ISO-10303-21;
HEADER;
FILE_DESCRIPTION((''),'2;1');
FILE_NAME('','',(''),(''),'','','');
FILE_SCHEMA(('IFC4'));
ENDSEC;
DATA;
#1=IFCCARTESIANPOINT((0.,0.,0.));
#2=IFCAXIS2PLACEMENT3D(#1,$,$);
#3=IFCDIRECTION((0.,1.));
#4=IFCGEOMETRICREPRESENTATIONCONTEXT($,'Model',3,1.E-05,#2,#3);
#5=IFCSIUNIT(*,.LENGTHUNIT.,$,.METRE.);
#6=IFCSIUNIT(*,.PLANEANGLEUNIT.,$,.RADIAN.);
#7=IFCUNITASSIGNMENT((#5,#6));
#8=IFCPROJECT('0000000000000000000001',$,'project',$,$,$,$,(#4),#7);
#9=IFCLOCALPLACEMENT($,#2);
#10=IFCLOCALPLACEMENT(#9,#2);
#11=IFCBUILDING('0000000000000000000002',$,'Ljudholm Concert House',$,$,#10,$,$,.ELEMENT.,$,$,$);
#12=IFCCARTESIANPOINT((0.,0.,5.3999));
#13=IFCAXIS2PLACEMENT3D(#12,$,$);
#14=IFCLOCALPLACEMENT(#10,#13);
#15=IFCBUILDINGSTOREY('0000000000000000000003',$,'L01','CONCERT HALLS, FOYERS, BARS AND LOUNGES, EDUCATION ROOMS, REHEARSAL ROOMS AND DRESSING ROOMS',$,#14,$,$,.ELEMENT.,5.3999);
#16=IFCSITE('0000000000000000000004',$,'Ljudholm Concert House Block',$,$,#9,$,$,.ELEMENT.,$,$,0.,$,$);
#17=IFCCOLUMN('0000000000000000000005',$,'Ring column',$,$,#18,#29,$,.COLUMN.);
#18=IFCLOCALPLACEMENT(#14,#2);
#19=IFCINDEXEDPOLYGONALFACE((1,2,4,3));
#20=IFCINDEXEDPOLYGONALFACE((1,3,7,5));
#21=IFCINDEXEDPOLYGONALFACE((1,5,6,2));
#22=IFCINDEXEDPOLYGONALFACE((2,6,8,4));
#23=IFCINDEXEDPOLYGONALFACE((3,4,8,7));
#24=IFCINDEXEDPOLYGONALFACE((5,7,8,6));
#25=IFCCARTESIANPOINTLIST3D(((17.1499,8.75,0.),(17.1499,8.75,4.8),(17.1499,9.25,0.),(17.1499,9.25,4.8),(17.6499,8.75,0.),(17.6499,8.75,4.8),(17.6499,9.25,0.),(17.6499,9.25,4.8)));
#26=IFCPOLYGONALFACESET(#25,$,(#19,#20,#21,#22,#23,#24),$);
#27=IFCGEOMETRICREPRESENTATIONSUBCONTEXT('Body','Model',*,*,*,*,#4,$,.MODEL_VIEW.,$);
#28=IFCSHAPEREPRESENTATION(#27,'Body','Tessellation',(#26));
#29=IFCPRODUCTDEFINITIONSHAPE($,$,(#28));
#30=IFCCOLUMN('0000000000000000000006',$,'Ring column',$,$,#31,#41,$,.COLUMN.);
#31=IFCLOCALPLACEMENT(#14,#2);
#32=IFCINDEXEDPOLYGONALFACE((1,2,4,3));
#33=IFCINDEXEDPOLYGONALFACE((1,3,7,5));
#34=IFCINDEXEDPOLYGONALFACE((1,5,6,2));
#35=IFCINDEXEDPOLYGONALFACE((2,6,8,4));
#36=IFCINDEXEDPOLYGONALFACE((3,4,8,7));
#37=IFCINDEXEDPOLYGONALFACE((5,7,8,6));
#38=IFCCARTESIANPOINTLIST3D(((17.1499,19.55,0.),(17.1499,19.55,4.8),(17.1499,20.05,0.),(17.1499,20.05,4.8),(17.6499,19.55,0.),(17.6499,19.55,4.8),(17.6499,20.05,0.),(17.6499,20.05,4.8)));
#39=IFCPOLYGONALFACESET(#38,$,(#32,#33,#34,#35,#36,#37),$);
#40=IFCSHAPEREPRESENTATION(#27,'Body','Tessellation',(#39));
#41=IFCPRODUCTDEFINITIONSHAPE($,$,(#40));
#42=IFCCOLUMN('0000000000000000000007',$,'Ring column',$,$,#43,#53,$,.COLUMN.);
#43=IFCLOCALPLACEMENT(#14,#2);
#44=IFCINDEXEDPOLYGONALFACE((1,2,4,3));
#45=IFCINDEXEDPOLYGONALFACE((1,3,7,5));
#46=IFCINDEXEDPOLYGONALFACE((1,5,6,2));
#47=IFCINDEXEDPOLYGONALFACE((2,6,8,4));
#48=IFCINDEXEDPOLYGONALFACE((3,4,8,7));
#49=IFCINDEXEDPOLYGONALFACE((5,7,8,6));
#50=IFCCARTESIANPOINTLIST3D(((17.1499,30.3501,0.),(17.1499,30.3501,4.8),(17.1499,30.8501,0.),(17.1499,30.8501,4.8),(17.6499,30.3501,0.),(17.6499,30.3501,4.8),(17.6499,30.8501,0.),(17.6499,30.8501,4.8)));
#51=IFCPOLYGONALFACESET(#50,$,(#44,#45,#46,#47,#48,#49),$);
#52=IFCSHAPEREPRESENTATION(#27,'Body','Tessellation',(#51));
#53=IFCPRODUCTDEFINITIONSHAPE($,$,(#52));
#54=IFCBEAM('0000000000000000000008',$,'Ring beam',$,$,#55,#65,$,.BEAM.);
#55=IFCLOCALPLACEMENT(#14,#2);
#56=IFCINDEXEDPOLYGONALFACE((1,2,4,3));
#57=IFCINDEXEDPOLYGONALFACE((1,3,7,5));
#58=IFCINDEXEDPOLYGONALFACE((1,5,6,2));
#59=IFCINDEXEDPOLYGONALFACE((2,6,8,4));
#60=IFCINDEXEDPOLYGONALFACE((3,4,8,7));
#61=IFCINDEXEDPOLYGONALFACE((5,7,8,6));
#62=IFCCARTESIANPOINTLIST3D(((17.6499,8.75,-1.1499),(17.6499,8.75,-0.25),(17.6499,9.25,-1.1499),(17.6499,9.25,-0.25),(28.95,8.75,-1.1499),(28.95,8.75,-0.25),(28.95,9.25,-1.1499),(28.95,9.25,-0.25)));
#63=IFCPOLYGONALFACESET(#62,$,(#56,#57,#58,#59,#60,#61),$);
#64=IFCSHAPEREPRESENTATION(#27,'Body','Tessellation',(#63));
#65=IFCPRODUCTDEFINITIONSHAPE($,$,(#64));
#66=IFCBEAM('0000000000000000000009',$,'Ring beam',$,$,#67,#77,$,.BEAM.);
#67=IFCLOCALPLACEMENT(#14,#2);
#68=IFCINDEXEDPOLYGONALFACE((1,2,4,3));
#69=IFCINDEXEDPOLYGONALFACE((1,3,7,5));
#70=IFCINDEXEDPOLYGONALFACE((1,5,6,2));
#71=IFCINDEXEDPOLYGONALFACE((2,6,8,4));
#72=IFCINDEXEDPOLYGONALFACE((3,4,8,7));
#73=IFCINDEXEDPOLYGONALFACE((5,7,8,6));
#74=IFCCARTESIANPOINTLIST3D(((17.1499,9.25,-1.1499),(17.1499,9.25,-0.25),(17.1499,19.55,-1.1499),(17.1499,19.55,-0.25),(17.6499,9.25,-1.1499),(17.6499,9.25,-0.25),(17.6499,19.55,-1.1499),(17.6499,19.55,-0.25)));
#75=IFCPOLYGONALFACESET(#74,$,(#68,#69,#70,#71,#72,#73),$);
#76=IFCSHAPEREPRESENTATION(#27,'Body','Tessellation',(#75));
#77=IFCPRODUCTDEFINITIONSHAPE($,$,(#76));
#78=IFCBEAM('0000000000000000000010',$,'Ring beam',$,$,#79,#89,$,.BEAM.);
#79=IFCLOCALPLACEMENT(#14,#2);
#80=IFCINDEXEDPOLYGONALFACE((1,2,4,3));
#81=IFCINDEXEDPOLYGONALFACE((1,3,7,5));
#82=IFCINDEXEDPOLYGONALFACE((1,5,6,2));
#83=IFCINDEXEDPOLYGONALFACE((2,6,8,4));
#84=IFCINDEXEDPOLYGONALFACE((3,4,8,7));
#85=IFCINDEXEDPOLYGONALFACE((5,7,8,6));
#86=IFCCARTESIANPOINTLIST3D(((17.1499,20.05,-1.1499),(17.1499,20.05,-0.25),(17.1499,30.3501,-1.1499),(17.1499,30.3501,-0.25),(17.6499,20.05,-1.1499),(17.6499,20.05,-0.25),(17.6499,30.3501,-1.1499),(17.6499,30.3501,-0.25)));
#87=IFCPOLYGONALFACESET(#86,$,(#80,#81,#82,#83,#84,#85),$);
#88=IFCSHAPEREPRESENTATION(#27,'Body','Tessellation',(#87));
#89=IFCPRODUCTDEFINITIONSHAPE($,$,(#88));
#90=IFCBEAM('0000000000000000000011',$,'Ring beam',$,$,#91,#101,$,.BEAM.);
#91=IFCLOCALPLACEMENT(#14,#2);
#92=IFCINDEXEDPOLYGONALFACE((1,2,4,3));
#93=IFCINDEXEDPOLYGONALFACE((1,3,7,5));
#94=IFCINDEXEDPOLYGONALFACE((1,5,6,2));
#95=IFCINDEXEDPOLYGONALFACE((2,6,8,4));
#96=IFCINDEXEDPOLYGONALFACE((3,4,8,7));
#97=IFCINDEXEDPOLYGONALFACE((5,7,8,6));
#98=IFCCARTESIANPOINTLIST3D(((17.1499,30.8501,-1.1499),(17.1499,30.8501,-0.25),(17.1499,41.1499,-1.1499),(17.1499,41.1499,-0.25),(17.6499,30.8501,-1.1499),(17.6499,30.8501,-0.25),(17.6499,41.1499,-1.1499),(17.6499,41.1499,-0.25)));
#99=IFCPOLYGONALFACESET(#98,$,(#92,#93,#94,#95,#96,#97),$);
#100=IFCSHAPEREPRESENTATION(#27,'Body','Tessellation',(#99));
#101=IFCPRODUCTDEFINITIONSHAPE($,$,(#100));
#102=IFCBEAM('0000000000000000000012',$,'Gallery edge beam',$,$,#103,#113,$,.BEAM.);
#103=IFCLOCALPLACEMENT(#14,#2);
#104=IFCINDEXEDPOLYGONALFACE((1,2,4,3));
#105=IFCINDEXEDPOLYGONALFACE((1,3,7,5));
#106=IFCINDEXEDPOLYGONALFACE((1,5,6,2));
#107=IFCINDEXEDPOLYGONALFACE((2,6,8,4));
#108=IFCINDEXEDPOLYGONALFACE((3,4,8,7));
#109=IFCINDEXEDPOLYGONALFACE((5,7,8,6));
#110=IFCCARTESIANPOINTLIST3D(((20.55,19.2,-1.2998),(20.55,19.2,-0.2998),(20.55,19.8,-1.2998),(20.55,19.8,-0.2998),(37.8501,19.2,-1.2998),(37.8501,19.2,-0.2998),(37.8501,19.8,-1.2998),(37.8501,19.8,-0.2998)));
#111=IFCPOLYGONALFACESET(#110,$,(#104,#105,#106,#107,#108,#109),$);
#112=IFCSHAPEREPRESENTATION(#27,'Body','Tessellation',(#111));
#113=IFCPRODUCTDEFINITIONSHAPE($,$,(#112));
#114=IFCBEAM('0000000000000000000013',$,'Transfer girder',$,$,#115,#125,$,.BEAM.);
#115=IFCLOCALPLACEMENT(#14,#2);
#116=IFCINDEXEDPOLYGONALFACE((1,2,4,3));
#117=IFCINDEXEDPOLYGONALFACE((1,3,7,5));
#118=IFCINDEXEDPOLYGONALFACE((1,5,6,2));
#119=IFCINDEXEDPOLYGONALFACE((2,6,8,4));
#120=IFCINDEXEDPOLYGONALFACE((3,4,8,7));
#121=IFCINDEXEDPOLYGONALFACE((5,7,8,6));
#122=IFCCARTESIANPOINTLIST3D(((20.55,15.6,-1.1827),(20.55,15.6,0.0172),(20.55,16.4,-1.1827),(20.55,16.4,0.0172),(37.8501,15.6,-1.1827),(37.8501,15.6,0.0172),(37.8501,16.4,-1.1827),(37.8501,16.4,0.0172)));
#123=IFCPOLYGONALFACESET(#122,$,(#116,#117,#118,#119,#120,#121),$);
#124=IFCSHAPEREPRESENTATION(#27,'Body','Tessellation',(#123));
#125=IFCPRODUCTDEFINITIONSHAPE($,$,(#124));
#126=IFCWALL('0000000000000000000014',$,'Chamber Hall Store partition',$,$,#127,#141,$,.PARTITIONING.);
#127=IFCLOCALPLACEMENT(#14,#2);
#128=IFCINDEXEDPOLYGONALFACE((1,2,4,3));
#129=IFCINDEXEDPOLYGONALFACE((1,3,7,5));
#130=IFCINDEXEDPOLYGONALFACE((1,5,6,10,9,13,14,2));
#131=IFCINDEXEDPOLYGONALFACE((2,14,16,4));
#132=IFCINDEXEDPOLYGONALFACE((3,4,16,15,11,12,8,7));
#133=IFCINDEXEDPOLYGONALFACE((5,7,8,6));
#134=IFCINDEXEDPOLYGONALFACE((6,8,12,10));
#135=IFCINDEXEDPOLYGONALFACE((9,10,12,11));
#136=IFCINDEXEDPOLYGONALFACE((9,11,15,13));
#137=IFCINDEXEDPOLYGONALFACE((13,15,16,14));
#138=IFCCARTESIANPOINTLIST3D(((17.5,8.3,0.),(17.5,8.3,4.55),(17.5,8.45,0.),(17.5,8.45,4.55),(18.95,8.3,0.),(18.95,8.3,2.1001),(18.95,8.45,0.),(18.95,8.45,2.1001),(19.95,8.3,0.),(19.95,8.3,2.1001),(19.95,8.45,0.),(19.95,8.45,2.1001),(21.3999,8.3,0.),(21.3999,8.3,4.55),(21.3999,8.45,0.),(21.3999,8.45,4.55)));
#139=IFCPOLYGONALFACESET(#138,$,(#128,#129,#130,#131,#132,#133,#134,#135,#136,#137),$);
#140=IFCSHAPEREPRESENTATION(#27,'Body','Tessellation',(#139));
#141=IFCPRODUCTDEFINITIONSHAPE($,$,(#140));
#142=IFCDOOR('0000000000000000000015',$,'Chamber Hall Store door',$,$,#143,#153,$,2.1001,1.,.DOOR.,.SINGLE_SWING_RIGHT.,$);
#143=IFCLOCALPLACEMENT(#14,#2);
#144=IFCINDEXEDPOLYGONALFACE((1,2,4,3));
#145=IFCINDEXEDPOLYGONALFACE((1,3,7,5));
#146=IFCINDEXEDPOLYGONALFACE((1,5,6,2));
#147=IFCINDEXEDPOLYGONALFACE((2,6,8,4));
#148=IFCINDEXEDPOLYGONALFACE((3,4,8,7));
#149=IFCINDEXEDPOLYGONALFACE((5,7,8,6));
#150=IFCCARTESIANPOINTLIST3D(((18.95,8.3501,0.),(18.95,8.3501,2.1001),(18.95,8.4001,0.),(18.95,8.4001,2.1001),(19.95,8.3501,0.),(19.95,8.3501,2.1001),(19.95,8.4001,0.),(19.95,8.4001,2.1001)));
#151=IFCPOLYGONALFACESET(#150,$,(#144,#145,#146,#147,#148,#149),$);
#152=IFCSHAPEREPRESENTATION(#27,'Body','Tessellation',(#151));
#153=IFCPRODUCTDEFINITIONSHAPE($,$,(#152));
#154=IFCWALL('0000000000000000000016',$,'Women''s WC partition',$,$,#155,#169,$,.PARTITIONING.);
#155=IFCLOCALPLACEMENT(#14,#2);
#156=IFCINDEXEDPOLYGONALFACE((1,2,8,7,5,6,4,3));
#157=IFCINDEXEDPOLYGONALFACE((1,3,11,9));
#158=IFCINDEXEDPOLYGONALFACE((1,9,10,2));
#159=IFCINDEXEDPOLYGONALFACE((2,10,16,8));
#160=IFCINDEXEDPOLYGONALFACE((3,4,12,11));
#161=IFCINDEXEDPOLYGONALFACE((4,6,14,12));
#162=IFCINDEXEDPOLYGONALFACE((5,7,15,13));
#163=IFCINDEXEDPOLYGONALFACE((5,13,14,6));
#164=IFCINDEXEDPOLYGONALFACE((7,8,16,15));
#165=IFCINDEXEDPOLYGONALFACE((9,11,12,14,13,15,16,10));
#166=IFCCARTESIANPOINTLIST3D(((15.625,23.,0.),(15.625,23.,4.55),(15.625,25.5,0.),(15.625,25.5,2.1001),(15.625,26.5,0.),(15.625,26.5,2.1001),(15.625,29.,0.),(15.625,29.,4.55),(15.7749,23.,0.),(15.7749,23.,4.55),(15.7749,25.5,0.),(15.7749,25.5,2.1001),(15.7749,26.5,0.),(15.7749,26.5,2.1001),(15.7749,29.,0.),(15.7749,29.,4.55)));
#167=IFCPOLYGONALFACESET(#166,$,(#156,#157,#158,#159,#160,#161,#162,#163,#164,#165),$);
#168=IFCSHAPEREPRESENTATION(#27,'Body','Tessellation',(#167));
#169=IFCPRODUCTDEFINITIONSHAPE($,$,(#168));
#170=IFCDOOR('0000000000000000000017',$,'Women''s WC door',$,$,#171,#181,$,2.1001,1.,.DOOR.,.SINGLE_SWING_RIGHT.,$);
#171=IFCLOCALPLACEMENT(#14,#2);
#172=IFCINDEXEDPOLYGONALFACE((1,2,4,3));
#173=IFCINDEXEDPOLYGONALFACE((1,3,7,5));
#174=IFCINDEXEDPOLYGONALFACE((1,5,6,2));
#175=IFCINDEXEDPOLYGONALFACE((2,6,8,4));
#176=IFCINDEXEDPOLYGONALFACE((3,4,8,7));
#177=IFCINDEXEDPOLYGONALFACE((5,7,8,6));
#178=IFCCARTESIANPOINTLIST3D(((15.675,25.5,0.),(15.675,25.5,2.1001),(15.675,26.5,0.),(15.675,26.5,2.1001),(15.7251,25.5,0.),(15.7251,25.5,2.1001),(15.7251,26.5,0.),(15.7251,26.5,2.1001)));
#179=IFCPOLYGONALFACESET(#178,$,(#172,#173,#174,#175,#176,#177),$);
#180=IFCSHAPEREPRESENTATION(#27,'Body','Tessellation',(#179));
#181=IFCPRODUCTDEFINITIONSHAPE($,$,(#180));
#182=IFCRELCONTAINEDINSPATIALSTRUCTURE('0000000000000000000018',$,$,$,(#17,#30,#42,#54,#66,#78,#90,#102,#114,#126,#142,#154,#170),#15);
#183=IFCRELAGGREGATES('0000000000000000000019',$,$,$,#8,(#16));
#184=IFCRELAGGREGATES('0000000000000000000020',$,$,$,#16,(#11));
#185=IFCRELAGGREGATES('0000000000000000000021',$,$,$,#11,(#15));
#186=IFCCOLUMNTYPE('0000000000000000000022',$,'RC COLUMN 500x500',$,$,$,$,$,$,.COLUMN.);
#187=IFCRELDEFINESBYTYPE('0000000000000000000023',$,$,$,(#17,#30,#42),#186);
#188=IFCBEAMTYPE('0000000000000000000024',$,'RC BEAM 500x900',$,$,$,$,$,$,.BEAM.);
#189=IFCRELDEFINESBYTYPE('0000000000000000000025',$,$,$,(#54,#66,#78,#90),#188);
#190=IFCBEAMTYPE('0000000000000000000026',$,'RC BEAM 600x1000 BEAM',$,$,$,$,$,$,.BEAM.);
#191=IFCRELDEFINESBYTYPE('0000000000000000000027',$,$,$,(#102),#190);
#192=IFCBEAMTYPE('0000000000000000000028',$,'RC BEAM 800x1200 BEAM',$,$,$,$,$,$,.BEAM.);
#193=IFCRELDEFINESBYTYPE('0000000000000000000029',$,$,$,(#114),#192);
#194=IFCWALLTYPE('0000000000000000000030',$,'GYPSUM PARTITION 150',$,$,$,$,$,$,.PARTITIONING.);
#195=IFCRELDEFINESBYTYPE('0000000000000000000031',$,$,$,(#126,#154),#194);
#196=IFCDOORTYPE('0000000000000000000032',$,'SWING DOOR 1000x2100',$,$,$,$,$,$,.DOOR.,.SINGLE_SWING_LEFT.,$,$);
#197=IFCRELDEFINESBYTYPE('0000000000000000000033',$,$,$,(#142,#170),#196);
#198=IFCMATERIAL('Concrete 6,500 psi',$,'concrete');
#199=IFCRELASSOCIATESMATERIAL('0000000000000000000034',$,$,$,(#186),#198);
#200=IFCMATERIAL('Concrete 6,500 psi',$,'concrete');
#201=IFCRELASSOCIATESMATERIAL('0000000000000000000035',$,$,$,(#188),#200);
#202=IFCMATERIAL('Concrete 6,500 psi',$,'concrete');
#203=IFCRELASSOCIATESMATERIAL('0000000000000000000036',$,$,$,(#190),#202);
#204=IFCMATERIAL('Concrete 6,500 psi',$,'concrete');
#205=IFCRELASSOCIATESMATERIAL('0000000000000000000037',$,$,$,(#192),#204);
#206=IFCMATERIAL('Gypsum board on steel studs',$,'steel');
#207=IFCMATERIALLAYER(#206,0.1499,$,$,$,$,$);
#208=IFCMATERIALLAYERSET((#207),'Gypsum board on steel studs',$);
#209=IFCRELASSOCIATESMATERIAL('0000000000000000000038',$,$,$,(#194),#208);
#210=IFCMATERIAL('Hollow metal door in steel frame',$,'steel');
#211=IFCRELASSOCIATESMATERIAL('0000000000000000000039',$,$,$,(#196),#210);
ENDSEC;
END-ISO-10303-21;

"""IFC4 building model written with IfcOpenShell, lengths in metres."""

from ifc_helpers import new_model, si_unit, direction, frame, frame_2d, origin, origin_2d, place, context, subcontext, project, spatial, rectangle, extrude, material, layer, layer_set, material_profile, profile_set, type_object, element, fill, save


model = new_model("IFC4")

# Units and contexts
model_context = context("Model", 3, precision=1e-05, world=origin(), true_north=direction((0.0, 1.0)))
body_context = subcontext(model_context, "Body", "Model", "MODEL_VIEW")
ifc_project = project(units=[si_unit("LENGTHUNIT", "METRE"), si_unit("PLANEANGLEUNIT", "RADIAN")], contexts=[model_context])

# Site, building, storey
site_placement = place(None, origin())
site = spatial("IfcSite", under=ifc_project, at=site_placement, Name="Ljudholm Concert House Block", CompositionType="ELEMENT", RefElevation=0.0)
building_placement = place(site_placement, origin())
building = spatial("IfcBuilding", under=site, at=building_placement, Name="Ljudholm Concert House", CompositionType="ELEMENT")
storey_placement = place(building_placement, frame((0.0, 0.0, 5.3999)))
storey = spatial("IfcBuildingStorey", under=building, at=storey_placement, Name="L01", Description="CONCERT HALLS, FOYERS, BARS AND LOUNGES, EDUCATION ROOMS, REHEARSAL ROOMS AND DRESSING ROOMS", CompositionType="ELEMENT", Elevation=5.3999)

# Columns
ifc_material_1 = material(Name="Concrete 6,500 psi", Category="concrete")
ifc_material_profile_1 = material_profile(ifc_material_1, rectangle(XDim=0.5, YDim=0.5, at=origin_2d()), Name="RC COLUMN 500x500")
ifc_profile_set_1 = profile_set([ifc_material_profile_1], Name="Concrete 6,500 psi")
column_type = type_object("IfcColumnType", Name="RC COLUMN 500x500", PredefinedType="COLUMN", material=ifc_profile_set_1)
for number, where, z_axis, x_axis, name in (
    (1, (17.3999, 9.0, 0.0), (0.0, 0.0, 1.0), (1.0, 0.0, 0.0), "Ring column"),
    (2, (17.3999, 19.8, 0.0), (0.0, 0.0, 1.0), (1.0, 0.0, 0.0), "Ring column"),
    (3, (17.3999, 30.6001, 0.0), (0.0, 0.0, 1.0), (1.0, 0.0, 0.0), "Ring column"),
):
    element("IfcColumn", number, at=place(storey_placement, frame(where, z_axis=z_axis, x_axis=x_axis)), inside=storey, type_object=column_type, Name=name, PredefinedType="COLUMN", context=body_context, shape_type="SweptSolid", body=[
        extrude(rectangle(XDim=0.5, YDim=0.5, at=origin_2d()), origin(), (0.0, 0.0, 1.0), 4.8),
    ])

# Beams
ifc_material_2 = material(Name="Concrete 6,500 psi", Category="concrete")
ifc_material_profile_2 = material_profile(ifc_material_2, rectangle(XDim=0.5, YDim=0.8999, at=origin_2d()), Name="RC BEAM 500x900")
ifc_profile_set_2 = profile_set([ifc_material_profile_2], Name="Concrete 6,500 psi")
beam_type_1 = type_object("IfcBeamType", Name="RC BEAM 500x900", PredefinedType="BEAM", material=ifc_profile_set_2)
beam_1_placement = place(storey_placement, frame((17.6499, 9.0, -0.7), z_axis=(1.0, 0.0, 0.0), x_axis=(0.0, 1.0, 0.0)))
element("IfcBeam", 4, at=beam_1_placement, inside=storey, type_object=beam_type_1, Name="Ring beam", PredefinedType="BEAM", context=body_context, shape_type="SweptSolid", body=[
    extrude(rectangle(XDim=0.5, YDim=0.8999, at=origin_2d()), origin(), (0.0, 0.0, 1.0), 11.3),
])
for number, where, z_axis, x_axis, name in (
    (5, (17.3999, 9.25, -0.7), (0.0, 1.0, 0.0), (-1.0, 0.0, 0.0), "Ring beam"),
    (6, (17.3999, 20.05, -0.7), (0.0, 1.0, 0.0), (-1.0, 0.0, 0.0), "Ring beam"),
):
    element("IfcBeam", number, at=place(storey_placement, frame(where, z_axis=z_axis, x_axis=x_axis)), inside=storey, type_object=beam_type_1, Name=name, PredefinedType="BEAM", context=body_context, shape_type="SweptSolid", body=[
        extrude(rectangle(XDim=0.5, YDim=0.8999, at=origin_2d()), origin(), (0.0, 0.0, 1.0), 10.3),
    ])
beam_2_placement = place(storey_placement, frame((17.3999, 30.8501, -0.7), z_axis=(0.0, 1.0, 0.0), x_axis=(-1.0, 0.0, 0.0)))
element("IfcBeam", 7, at=beam_2_placement, inside=storey, type_object=beam_type_1, Name="Ring beam", PredefinedType="BEAM", context=body_context, shape_type="SweptSolid", body=[
    extrude(rectangle(XDim=0.5, YDim=0.8999, at=origin_2d()), origin(), (0.0, 0.0, 1.0), 10.2998),
])
ifc_material_3 = material(Name="Concrete 6,500 psi", Category="concrete")
ifc_material_profile_3 = material_profile(ifc_material_3, rectangle(XDim=0.6001, YDim=1.0, at=origin_2d()), Name="RC BEAM 600x1000 BEAM")
ifc_profile_set_3 = profile_set([ifc_material_profile_3], Name="Concrete 6,500 psi")
beam_type_2 = type_object("IfcBeamType", Name="RC BEAM 600x1000 BEAM", PredefinedType="BEAM", material=ifc_profile_set_3)
beam_3_placement = place(storey_placement, frame((20.55, 19.5, -0.7998), z_axis=(1.0, 0.0, 0.0), x_axis=(0.0, 1.0, 0.0)))
element("IfcBeam", 8, at=beam_3_placement, inside=storey, type_object=beam_type_2, Name="Gallery edge beam", PredefinedType="BEAM", context=body_context, shape_type="SweptSolid", body=[
    extrude(rectangle(XDim=0.6001, YDim=1.0, at=origin_2d()), origin(), (0.0, 0.0, 1.0), 17.3),
])
ifc_material_4 = material(Name="Concrete 6,500 psi", Category="concrete")
ifc_material_profile_4 = material_profile(ifc_material_4, rectangle(XDim=0.8, YDim=1.2, at=origin_2d()), Name="RC BEAM 800x1200 BEAM")
ifc_profile_set_4 = profile_set([ifc_material_profile_4], Name="Concrete 6,500 psi")
beam_type_3 = type_object("IfcBeamType", Name="RC BEAM 800x1200 BEAM", PredefinedType="BEAM", material=ifc_profile_set_4)
beam_4_placement = place(storey_placement, frame((20.55, 16.0, -0.5828), z_axis=(1.0, 0.0, 0.0), x_axis=(0.0, 1.0, 0.0)))
element("IfcBeam", 9, at=beam_4_placement, inside=storey, type_object=beam_type_3, Name="Transfer girder", PredefinedType="BEAM", context=body_context, shape_type="SweptSolid", body=[
    extrude(rectangle(XDim=0.8, YDim=1.2, at=origin_2d()), origin(), (0.0, 0.0, 1.0), 17.3),
])

# Walls, openings, doors
ifc_material_5 = material(Name="Gypsum board on steel studs", Category="steel")
ifc_layer_1 = layer(ifc_material_5, 0.1499)
ifc_layer_set_1 = layer_set([ifc_layer_1], Name="Gypsum board on steel studs")
wall_type_1 = type_object("IfcWallType", Name="GYPSUM PARTITION 150", PredefinedType="PARTITIONING", material=ifc_layer_set_1)
wall_1_placement = place(storey_placement, frame((17.5, 8.375, 0.0), z_axis=(0.0, 0.0, 1.0), x_axis=(1.0, 0.0, 0.0)))
wall_1 = element("IfcWall", 10, at=wall_1_placement, inside=storey, type_object=wall_type_1, Name="Chamber Hall Store partition", PredefinedType="PARTITIONING", context=body_context, shape_type="SweptSolid", body=[
    extrude(rectangle(XDim=3.8999, YDim=0.1499, at=frame_2d((1.95, 0.0))), origin(), (0.0, 0.0, 1.0), 4.55),
])
opening_1_placement = place(wall_1_placement, frame((1.45, 0.0, 0.0)))
opening_1 = element("IfcOpeningElement", 11, at=opening_1_placement, cuts=wall_1, PredefinedType="OPENING", context=body_context, shape_type="SweptSolid", body=[
    extrude(rectangle(XDim=1.0, YDim=2.1001, at=frame_2d((0.5, 1.05))), frame((0.0, 0.085, 0.0), z_axis=(0.0, -1.0, 0.0), x_axis=(1.0, 0.0, 0.0)), (0.0, 0.0, 1.0), 0.1699),
])
ifc_material_6 = material(Name="Hollow metal door in steel frame", Category="steel")
door_type_1 = type_object("IfcDoorType", Name="SWING DOOR 1000x2100", OperationType="SINGLE_SWING_LEFT", PredefinedType="DOOR", material=ifc_material_6)
door_1_placement = place(opening_1_placement, frame((1.0, 0.0, 0.0), z_axis=(0.0, 0.0, 1.0), x_axis=(-1.0, 0.0, 0.0)))
door_1 = element("IfcDoor", 12, at=door_1_placement, inside=storey, type_object=door_type_1, Name="Chamber Hall Store door", OperationType="SINGLE_SWING_RIGHT", OverallHeight=2.1001, OverallWidth=1.0, PredefinedType="DOOR", context=body_context, shape_type="SweptSolid", body=[
    extrude(rectangle(XDim=1.0, YDim=2.1001, at=frame_2d((0.5, 1.05))), frame((0.0, 0.0249, 0.0), z_axis=(0.0, -1.0, 0.0), x_axis=(1.0, 0.0, 0.0)), (0.0, 0.0, 1.0), 0.05),
])
fill(opening_1, door_1)
wall_2_placement = place(storey_placement, frame((15.7, 23.0, 0.0), z_axis=(0.0, 0.0, 1.0), x_axis=(0.0, 1.0, 0.0)))
wall_2 = element("IfcWall", 13, at=wall_2_placement, inside=storey, type_object=wall_type_1, Name="Women's WC partition", PredefinedType="PARTITIONING", context=body_context, shape_type="SweptSolid", body=[
    extrude(rectangle(XDim=6.0, YDim=0.1499, at=frame_2d((3.0, 0.0))), origin(), (0.0, 0.0, 1.0), 4.55),
])
opening_2_placement = place(wall_2_placement, frame((2.5, 0.0, 0.0)))
opening_2 = element("IfcOpeningElement", 14, at=opening_2_placement, cuts=wall_2, PredefinedType="OPENING", context=body_context, shape_type="SweptSolid", body=[
    extrude(rectangle(XDim=1.0, YDim=2.1001, at=frame_2d((0.5, 1.05))), frame((0.0, 0.085, 0.0), z_axis=(0.0, -1.0, 0.0), x_axis=(1.0, 0.0, 0.0)), (0.0, 0.0, 1.0), 0.1699),
])
door_2_placement = place(opening_2_placement, origin())
door_2 = element("IfcDoor", 15, at=door_2_placement, inside=storey, type_object=door_type_1, Name="Women's WC door", OperationType="SINGLE_SWING_RIGHT", OverallHeight=2.1001, OverallWidth=1.0, PredefinedType="DOOR", context=body_context, shape_type="SweptSolid", body=[
    extrude(rectangle(XDim=1.0, YDim=2.1001, at=frame_2d((0.5, 1.05))), frame((0.0, 0.0249, 0.0), z_axis=(0.0, -1.0, 0.0), x_axis=(1.0, 0.0, 0.0)), (0.0, 0.0, 1.0), 0.05),
])
fill(opening_2, door_2)

save(model, "model.ifc")
